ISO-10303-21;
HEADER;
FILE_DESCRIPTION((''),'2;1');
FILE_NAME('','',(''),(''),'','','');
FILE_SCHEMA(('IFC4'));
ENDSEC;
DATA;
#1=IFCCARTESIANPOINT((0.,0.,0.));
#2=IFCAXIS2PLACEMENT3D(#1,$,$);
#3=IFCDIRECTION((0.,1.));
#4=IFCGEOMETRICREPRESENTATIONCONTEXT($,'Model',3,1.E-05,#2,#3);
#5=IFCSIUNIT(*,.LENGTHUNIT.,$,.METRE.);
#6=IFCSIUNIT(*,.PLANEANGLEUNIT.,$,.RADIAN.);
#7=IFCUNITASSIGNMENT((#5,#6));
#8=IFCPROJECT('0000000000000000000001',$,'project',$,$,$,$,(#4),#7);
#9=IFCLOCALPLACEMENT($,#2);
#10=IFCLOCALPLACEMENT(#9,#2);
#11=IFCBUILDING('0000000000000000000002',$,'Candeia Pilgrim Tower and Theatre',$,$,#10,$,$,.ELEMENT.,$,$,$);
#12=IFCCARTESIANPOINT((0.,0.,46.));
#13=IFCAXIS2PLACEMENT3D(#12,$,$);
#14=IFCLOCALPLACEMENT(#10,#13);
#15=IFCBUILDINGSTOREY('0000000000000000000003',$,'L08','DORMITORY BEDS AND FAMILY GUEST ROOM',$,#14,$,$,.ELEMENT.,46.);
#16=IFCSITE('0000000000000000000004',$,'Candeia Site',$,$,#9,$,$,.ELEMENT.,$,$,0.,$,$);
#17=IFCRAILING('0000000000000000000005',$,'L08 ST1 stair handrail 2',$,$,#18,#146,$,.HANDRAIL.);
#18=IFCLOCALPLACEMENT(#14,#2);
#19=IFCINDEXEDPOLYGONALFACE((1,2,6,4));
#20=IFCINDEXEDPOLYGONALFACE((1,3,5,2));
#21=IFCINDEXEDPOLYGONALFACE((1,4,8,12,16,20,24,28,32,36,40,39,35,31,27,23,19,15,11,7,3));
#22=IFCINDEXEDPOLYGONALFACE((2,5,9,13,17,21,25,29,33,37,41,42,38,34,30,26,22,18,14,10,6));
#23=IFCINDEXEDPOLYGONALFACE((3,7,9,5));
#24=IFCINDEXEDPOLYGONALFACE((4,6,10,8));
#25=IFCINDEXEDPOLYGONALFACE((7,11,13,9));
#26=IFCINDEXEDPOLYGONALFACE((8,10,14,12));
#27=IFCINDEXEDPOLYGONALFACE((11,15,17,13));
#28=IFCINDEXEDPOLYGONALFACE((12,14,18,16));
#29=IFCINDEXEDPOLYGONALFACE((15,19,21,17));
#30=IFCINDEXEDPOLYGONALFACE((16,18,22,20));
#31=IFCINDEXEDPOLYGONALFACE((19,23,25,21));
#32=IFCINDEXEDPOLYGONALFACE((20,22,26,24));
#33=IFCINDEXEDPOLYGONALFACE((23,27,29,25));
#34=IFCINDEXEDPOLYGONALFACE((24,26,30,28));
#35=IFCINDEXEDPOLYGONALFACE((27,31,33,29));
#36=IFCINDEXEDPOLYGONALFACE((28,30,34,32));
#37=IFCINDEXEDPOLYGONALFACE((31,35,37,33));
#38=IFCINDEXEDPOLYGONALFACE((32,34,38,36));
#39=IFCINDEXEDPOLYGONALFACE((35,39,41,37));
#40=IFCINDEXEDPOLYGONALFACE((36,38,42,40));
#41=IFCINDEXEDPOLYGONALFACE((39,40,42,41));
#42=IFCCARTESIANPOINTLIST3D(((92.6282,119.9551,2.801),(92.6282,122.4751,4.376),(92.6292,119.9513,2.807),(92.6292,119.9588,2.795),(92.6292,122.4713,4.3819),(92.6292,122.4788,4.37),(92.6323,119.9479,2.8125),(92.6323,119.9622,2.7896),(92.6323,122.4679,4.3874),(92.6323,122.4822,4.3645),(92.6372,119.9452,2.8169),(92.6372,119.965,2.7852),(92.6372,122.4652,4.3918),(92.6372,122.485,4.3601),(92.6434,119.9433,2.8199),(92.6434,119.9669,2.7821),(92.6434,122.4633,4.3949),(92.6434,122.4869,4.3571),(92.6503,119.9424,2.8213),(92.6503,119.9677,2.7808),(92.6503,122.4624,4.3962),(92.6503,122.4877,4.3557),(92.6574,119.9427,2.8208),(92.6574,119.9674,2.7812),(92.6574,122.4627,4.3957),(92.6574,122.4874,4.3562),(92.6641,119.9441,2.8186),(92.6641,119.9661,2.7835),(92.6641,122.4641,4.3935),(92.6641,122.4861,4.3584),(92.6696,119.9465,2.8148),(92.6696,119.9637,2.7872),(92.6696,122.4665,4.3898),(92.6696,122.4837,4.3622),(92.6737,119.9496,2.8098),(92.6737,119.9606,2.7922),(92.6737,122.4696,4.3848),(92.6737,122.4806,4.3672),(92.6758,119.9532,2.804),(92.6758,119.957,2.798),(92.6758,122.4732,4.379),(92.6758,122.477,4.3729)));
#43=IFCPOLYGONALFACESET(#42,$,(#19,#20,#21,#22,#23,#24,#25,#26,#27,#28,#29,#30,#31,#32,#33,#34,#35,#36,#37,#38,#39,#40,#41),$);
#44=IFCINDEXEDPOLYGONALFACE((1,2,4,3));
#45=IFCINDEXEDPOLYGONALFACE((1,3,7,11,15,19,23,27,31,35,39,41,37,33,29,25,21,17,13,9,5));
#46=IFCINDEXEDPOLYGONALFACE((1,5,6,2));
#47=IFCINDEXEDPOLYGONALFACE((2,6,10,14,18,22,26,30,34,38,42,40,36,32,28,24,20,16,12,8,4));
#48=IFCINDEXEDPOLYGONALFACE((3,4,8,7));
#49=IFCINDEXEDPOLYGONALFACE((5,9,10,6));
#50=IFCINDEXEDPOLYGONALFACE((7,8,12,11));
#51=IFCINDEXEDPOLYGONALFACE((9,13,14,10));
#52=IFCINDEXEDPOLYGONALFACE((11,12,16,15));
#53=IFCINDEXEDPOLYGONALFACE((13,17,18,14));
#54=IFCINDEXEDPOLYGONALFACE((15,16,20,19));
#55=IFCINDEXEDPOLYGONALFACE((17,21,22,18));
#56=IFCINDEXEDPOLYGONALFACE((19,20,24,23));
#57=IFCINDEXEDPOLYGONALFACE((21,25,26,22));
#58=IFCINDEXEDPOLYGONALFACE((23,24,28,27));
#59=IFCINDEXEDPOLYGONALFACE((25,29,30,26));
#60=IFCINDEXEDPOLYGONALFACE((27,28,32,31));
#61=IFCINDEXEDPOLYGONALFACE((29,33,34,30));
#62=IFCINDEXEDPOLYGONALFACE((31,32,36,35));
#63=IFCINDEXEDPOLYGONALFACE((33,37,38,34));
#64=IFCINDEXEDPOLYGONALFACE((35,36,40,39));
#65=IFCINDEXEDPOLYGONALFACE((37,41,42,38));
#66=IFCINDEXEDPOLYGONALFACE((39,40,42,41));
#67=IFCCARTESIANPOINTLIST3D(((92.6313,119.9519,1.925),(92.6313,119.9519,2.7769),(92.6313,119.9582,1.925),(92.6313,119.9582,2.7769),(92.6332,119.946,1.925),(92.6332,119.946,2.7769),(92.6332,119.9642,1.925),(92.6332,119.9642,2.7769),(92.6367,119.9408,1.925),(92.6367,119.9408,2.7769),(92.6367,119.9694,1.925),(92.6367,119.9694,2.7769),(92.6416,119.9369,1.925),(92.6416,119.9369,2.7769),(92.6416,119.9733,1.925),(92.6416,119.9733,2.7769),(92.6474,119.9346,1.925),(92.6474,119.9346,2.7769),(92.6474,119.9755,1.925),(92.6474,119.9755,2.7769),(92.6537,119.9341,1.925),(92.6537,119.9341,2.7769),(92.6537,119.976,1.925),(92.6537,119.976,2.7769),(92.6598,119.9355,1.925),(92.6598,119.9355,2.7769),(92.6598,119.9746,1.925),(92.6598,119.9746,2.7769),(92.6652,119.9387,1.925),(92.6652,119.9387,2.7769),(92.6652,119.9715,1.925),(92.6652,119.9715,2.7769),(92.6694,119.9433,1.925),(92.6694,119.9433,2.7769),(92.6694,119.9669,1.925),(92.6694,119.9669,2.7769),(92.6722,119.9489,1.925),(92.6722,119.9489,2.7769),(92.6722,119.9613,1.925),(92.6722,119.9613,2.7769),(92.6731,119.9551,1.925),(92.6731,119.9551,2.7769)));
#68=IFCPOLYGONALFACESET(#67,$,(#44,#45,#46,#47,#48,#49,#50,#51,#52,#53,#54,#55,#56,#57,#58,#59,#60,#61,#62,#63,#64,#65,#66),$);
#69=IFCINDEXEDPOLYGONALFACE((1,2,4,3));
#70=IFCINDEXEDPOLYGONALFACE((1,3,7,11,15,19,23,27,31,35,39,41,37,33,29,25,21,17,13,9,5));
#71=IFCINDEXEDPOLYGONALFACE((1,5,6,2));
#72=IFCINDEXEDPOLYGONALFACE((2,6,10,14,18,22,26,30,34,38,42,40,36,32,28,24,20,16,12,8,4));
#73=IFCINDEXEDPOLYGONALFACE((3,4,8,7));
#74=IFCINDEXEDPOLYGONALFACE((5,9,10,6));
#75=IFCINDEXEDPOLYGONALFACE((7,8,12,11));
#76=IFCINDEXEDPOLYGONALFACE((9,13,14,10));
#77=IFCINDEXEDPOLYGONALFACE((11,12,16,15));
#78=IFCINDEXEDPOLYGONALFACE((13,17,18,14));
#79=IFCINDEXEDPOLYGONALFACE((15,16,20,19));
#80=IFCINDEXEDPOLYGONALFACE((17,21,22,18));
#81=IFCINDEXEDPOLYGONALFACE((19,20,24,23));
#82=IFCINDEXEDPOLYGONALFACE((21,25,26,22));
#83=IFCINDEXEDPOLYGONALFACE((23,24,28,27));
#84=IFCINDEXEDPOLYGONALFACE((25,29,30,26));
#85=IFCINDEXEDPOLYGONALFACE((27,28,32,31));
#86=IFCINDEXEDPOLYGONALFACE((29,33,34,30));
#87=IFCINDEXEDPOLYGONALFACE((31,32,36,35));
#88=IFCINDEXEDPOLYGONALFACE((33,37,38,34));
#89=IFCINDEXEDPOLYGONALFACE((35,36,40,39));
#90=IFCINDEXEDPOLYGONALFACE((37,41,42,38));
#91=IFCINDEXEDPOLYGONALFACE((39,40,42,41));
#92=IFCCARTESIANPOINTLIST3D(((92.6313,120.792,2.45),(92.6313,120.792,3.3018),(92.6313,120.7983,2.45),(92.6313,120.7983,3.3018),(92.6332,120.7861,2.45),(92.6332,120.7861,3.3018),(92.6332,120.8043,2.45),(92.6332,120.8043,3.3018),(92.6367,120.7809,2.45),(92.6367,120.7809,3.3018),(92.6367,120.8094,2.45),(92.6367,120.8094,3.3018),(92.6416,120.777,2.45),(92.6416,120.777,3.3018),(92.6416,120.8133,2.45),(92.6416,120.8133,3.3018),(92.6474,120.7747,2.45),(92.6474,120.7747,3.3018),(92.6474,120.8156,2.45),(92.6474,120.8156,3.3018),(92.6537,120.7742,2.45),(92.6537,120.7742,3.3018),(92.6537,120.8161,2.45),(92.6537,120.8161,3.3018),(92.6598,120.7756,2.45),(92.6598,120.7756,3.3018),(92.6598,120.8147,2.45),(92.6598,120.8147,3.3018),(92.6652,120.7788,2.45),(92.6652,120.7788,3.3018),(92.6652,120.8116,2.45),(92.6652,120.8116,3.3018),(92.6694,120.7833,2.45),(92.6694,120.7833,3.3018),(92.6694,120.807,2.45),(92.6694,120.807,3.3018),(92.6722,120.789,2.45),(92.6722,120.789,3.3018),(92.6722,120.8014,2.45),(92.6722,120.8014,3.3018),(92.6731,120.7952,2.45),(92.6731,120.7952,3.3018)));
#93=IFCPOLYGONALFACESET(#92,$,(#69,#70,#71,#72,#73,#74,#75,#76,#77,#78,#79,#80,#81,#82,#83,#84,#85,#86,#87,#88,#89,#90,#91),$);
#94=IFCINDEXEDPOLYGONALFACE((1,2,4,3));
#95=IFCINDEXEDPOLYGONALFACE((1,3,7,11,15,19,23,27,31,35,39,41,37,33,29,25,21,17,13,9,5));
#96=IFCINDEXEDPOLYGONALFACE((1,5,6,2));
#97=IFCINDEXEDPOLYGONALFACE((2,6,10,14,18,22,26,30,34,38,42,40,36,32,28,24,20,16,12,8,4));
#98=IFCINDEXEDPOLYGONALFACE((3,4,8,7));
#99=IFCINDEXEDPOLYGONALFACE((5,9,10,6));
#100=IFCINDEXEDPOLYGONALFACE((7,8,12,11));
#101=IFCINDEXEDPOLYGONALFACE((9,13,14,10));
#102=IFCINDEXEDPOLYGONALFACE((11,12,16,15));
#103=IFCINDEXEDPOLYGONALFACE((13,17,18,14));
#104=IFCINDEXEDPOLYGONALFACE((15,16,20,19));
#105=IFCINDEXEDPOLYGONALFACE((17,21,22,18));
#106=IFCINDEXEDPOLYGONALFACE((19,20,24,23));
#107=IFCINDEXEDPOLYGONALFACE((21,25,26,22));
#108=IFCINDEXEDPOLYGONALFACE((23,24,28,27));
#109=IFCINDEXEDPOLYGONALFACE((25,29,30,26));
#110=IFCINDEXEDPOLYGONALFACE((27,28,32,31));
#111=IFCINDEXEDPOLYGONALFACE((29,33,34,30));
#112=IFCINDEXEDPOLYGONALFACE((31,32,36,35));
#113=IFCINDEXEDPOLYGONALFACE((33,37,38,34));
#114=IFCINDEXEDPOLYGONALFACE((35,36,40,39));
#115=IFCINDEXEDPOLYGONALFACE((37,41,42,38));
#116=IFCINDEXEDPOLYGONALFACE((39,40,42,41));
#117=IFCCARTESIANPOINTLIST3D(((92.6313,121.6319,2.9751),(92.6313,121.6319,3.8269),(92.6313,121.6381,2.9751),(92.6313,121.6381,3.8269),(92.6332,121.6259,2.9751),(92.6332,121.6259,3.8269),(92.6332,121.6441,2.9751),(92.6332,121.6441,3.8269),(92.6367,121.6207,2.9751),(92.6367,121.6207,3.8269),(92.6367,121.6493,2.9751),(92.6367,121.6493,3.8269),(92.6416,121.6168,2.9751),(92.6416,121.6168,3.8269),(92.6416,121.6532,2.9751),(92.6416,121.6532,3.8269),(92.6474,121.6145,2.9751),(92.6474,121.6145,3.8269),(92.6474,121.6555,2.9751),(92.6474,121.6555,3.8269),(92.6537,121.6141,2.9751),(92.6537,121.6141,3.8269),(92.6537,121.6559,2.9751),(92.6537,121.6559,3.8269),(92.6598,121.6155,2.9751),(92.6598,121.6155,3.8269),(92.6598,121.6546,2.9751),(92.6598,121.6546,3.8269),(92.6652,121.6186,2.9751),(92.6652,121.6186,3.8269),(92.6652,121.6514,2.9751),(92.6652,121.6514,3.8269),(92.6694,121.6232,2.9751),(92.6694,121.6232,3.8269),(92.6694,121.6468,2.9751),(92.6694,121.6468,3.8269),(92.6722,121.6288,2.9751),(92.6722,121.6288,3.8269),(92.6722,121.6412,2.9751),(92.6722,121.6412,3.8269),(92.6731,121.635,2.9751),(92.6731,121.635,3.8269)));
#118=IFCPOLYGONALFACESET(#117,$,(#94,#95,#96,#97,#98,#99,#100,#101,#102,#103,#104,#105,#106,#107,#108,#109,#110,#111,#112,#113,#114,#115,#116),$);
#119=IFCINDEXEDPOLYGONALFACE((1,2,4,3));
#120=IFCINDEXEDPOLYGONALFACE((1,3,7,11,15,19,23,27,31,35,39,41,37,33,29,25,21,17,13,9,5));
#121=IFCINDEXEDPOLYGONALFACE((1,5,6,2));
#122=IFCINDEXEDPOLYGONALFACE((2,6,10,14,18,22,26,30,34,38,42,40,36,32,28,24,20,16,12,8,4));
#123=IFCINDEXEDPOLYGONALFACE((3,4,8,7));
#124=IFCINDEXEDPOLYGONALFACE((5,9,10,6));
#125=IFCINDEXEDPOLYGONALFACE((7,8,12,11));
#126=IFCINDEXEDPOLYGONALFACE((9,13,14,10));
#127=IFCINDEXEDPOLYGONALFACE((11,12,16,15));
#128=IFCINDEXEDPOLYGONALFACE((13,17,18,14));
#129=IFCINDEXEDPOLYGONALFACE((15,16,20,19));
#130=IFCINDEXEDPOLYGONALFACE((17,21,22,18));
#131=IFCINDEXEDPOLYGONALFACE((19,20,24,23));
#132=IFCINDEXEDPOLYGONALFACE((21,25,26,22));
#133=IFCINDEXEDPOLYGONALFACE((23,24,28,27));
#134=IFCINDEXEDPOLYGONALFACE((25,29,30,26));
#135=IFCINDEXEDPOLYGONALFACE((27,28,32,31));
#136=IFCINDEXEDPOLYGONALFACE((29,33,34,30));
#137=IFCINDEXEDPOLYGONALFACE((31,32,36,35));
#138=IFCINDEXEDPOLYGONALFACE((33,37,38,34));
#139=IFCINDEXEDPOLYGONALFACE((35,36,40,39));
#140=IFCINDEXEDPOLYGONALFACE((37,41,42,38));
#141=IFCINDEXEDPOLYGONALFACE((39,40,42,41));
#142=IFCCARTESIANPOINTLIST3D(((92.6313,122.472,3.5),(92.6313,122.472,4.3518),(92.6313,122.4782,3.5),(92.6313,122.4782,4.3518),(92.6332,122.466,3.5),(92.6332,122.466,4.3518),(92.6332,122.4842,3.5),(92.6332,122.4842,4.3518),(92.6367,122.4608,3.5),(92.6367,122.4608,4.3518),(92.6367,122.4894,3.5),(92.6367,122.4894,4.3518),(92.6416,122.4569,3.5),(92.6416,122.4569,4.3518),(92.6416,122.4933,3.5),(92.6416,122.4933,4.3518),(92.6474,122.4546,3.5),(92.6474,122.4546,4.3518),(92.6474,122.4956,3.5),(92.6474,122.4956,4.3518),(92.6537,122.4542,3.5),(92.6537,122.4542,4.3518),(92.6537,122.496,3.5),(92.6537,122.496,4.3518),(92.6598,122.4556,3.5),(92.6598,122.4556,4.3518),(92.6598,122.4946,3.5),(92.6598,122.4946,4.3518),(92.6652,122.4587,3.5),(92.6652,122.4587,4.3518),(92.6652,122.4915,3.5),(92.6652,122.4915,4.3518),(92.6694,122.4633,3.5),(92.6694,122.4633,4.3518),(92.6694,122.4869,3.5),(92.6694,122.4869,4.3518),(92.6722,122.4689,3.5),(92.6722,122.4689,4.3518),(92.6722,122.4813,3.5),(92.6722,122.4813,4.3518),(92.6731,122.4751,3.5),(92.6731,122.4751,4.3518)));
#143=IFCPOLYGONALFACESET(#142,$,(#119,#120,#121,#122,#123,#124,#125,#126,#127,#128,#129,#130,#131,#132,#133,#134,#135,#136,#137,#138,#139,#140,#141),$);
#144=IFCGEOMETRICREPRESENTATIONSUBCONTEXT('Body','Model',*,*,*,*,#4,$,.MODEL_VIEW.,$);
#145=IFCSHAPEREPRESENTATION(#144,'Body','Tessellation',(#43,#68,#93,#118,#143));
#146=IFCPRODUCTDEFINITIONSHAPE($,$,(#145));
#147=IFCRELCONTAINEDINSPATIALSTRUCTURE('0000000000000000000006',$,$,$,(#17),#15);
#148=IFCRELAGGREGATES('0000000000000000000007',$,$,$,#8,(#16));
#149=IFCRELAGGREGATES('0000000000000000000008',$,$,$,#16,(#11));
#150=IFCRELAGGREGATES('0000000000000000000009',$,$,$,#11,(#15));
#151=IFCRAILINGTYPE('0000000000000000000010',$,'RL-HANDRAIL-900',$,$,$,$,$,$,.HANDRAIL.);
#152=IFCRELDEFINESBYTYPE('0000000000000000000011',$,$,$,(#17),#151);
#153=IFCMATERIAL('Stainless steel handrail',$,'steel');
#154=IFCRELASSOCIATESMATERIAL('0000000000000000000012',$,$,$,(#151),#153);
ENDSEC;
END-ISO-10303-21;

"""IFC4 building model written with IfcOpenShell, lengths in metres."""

from ifc_helpers import new_model, si_unit, direction, frame, origin, origin_2d, place, context, subcontext, project, spatial, circle, extrude, material, type_object, element, save


model = new_model("IFC4")

# Units and contexts
model_context = context("Model", 3, precision=1e-05, world=origin(), true_north=direction((0.0, 1.0)))
body_context = subcontext(model_context, "Body", "Model", "MODEL_VIEW")
ifc_project = project(units=[si_unit("LENGTHUNIT", "METRE"), si_unit("PLANEANGLEUNIT", "RADIAN")], contexts=[model_context])

# Site, building, storey
site_placement = place(None, origin())
site = spatial("IfcSite", under=ifc_project, at=site_placement, Name="Candeia Site", CompositionType="ELEMENT", RefElevation=0.0)
building_placement = place(site_placement, origin())
building = spatial("IfcBuilding", under=site, at=building_placement, Name="Candeia Pilgrim Tower and Theatre", CompositionType="ELEMENT")
storey_placement = place(building_placement, frame((0.0, 0.0, 46.0)))
storey = spatial("IfcBuildingStorey", under=building, at=storey_placement, Name="L08", Description="DORMITORY BEDS AND FAMILY GUEST ROOM", CompositionType="ELEMENT", Elevation=46.0)

# Railing
ifc_material_1 = material(Name="Stainless steel handrail", Category="steel")
railing_type_1 = type_object("IfcRailingType", Name="RL-HANDRAIL-900", PredefinedType="HANDRAIL", material=ifc_material_1)
railing_1_placement = place(storey_placement, frame((92.6521, 119.9551, 1.925)))
element("IfcRailing", 1, at=railing_1_placement, inside=storey, type_object=railing_type_1, Name="L08 ST1 stair handrail 2", PredefinedType="HANDRAIL", context=body_context, shape_type="SweptSolid", body=[
    extrude(circle(Radius=0.0239, at=origin_2d()), frame((0.0, 0.0, 0.876), z_axis=(0.0, 0.848008, 0.529984), x_axis=(-1.0, 0.0, 0.0)), (0.0, 0.0, 1.0), 2.9717),
    extrude(circle(Radius=0.021, at=origin_2d()), origin(), (0.0, 0.0, 1.0), 0.8518),
    extrude(circle(Radius=0.021, at=origin_2d()), frame((0.0, 0.8401, 0.5249)), (0.0, 0.0, 1.0), 0.8518),
    extrude(circle(Radius=0.021, at=origin_2d()), frame((0.0, 1.6799, 1.05)), (0.0, 0.0, 1.0), 0.8518),
    extrude(circle(Radius=0.021, at=origin_2d()), frame((0.0, 2.52, 1.575)), (0.0, 0.0, 1.0), 0.8518),
])

save(model, "model.ifc")
